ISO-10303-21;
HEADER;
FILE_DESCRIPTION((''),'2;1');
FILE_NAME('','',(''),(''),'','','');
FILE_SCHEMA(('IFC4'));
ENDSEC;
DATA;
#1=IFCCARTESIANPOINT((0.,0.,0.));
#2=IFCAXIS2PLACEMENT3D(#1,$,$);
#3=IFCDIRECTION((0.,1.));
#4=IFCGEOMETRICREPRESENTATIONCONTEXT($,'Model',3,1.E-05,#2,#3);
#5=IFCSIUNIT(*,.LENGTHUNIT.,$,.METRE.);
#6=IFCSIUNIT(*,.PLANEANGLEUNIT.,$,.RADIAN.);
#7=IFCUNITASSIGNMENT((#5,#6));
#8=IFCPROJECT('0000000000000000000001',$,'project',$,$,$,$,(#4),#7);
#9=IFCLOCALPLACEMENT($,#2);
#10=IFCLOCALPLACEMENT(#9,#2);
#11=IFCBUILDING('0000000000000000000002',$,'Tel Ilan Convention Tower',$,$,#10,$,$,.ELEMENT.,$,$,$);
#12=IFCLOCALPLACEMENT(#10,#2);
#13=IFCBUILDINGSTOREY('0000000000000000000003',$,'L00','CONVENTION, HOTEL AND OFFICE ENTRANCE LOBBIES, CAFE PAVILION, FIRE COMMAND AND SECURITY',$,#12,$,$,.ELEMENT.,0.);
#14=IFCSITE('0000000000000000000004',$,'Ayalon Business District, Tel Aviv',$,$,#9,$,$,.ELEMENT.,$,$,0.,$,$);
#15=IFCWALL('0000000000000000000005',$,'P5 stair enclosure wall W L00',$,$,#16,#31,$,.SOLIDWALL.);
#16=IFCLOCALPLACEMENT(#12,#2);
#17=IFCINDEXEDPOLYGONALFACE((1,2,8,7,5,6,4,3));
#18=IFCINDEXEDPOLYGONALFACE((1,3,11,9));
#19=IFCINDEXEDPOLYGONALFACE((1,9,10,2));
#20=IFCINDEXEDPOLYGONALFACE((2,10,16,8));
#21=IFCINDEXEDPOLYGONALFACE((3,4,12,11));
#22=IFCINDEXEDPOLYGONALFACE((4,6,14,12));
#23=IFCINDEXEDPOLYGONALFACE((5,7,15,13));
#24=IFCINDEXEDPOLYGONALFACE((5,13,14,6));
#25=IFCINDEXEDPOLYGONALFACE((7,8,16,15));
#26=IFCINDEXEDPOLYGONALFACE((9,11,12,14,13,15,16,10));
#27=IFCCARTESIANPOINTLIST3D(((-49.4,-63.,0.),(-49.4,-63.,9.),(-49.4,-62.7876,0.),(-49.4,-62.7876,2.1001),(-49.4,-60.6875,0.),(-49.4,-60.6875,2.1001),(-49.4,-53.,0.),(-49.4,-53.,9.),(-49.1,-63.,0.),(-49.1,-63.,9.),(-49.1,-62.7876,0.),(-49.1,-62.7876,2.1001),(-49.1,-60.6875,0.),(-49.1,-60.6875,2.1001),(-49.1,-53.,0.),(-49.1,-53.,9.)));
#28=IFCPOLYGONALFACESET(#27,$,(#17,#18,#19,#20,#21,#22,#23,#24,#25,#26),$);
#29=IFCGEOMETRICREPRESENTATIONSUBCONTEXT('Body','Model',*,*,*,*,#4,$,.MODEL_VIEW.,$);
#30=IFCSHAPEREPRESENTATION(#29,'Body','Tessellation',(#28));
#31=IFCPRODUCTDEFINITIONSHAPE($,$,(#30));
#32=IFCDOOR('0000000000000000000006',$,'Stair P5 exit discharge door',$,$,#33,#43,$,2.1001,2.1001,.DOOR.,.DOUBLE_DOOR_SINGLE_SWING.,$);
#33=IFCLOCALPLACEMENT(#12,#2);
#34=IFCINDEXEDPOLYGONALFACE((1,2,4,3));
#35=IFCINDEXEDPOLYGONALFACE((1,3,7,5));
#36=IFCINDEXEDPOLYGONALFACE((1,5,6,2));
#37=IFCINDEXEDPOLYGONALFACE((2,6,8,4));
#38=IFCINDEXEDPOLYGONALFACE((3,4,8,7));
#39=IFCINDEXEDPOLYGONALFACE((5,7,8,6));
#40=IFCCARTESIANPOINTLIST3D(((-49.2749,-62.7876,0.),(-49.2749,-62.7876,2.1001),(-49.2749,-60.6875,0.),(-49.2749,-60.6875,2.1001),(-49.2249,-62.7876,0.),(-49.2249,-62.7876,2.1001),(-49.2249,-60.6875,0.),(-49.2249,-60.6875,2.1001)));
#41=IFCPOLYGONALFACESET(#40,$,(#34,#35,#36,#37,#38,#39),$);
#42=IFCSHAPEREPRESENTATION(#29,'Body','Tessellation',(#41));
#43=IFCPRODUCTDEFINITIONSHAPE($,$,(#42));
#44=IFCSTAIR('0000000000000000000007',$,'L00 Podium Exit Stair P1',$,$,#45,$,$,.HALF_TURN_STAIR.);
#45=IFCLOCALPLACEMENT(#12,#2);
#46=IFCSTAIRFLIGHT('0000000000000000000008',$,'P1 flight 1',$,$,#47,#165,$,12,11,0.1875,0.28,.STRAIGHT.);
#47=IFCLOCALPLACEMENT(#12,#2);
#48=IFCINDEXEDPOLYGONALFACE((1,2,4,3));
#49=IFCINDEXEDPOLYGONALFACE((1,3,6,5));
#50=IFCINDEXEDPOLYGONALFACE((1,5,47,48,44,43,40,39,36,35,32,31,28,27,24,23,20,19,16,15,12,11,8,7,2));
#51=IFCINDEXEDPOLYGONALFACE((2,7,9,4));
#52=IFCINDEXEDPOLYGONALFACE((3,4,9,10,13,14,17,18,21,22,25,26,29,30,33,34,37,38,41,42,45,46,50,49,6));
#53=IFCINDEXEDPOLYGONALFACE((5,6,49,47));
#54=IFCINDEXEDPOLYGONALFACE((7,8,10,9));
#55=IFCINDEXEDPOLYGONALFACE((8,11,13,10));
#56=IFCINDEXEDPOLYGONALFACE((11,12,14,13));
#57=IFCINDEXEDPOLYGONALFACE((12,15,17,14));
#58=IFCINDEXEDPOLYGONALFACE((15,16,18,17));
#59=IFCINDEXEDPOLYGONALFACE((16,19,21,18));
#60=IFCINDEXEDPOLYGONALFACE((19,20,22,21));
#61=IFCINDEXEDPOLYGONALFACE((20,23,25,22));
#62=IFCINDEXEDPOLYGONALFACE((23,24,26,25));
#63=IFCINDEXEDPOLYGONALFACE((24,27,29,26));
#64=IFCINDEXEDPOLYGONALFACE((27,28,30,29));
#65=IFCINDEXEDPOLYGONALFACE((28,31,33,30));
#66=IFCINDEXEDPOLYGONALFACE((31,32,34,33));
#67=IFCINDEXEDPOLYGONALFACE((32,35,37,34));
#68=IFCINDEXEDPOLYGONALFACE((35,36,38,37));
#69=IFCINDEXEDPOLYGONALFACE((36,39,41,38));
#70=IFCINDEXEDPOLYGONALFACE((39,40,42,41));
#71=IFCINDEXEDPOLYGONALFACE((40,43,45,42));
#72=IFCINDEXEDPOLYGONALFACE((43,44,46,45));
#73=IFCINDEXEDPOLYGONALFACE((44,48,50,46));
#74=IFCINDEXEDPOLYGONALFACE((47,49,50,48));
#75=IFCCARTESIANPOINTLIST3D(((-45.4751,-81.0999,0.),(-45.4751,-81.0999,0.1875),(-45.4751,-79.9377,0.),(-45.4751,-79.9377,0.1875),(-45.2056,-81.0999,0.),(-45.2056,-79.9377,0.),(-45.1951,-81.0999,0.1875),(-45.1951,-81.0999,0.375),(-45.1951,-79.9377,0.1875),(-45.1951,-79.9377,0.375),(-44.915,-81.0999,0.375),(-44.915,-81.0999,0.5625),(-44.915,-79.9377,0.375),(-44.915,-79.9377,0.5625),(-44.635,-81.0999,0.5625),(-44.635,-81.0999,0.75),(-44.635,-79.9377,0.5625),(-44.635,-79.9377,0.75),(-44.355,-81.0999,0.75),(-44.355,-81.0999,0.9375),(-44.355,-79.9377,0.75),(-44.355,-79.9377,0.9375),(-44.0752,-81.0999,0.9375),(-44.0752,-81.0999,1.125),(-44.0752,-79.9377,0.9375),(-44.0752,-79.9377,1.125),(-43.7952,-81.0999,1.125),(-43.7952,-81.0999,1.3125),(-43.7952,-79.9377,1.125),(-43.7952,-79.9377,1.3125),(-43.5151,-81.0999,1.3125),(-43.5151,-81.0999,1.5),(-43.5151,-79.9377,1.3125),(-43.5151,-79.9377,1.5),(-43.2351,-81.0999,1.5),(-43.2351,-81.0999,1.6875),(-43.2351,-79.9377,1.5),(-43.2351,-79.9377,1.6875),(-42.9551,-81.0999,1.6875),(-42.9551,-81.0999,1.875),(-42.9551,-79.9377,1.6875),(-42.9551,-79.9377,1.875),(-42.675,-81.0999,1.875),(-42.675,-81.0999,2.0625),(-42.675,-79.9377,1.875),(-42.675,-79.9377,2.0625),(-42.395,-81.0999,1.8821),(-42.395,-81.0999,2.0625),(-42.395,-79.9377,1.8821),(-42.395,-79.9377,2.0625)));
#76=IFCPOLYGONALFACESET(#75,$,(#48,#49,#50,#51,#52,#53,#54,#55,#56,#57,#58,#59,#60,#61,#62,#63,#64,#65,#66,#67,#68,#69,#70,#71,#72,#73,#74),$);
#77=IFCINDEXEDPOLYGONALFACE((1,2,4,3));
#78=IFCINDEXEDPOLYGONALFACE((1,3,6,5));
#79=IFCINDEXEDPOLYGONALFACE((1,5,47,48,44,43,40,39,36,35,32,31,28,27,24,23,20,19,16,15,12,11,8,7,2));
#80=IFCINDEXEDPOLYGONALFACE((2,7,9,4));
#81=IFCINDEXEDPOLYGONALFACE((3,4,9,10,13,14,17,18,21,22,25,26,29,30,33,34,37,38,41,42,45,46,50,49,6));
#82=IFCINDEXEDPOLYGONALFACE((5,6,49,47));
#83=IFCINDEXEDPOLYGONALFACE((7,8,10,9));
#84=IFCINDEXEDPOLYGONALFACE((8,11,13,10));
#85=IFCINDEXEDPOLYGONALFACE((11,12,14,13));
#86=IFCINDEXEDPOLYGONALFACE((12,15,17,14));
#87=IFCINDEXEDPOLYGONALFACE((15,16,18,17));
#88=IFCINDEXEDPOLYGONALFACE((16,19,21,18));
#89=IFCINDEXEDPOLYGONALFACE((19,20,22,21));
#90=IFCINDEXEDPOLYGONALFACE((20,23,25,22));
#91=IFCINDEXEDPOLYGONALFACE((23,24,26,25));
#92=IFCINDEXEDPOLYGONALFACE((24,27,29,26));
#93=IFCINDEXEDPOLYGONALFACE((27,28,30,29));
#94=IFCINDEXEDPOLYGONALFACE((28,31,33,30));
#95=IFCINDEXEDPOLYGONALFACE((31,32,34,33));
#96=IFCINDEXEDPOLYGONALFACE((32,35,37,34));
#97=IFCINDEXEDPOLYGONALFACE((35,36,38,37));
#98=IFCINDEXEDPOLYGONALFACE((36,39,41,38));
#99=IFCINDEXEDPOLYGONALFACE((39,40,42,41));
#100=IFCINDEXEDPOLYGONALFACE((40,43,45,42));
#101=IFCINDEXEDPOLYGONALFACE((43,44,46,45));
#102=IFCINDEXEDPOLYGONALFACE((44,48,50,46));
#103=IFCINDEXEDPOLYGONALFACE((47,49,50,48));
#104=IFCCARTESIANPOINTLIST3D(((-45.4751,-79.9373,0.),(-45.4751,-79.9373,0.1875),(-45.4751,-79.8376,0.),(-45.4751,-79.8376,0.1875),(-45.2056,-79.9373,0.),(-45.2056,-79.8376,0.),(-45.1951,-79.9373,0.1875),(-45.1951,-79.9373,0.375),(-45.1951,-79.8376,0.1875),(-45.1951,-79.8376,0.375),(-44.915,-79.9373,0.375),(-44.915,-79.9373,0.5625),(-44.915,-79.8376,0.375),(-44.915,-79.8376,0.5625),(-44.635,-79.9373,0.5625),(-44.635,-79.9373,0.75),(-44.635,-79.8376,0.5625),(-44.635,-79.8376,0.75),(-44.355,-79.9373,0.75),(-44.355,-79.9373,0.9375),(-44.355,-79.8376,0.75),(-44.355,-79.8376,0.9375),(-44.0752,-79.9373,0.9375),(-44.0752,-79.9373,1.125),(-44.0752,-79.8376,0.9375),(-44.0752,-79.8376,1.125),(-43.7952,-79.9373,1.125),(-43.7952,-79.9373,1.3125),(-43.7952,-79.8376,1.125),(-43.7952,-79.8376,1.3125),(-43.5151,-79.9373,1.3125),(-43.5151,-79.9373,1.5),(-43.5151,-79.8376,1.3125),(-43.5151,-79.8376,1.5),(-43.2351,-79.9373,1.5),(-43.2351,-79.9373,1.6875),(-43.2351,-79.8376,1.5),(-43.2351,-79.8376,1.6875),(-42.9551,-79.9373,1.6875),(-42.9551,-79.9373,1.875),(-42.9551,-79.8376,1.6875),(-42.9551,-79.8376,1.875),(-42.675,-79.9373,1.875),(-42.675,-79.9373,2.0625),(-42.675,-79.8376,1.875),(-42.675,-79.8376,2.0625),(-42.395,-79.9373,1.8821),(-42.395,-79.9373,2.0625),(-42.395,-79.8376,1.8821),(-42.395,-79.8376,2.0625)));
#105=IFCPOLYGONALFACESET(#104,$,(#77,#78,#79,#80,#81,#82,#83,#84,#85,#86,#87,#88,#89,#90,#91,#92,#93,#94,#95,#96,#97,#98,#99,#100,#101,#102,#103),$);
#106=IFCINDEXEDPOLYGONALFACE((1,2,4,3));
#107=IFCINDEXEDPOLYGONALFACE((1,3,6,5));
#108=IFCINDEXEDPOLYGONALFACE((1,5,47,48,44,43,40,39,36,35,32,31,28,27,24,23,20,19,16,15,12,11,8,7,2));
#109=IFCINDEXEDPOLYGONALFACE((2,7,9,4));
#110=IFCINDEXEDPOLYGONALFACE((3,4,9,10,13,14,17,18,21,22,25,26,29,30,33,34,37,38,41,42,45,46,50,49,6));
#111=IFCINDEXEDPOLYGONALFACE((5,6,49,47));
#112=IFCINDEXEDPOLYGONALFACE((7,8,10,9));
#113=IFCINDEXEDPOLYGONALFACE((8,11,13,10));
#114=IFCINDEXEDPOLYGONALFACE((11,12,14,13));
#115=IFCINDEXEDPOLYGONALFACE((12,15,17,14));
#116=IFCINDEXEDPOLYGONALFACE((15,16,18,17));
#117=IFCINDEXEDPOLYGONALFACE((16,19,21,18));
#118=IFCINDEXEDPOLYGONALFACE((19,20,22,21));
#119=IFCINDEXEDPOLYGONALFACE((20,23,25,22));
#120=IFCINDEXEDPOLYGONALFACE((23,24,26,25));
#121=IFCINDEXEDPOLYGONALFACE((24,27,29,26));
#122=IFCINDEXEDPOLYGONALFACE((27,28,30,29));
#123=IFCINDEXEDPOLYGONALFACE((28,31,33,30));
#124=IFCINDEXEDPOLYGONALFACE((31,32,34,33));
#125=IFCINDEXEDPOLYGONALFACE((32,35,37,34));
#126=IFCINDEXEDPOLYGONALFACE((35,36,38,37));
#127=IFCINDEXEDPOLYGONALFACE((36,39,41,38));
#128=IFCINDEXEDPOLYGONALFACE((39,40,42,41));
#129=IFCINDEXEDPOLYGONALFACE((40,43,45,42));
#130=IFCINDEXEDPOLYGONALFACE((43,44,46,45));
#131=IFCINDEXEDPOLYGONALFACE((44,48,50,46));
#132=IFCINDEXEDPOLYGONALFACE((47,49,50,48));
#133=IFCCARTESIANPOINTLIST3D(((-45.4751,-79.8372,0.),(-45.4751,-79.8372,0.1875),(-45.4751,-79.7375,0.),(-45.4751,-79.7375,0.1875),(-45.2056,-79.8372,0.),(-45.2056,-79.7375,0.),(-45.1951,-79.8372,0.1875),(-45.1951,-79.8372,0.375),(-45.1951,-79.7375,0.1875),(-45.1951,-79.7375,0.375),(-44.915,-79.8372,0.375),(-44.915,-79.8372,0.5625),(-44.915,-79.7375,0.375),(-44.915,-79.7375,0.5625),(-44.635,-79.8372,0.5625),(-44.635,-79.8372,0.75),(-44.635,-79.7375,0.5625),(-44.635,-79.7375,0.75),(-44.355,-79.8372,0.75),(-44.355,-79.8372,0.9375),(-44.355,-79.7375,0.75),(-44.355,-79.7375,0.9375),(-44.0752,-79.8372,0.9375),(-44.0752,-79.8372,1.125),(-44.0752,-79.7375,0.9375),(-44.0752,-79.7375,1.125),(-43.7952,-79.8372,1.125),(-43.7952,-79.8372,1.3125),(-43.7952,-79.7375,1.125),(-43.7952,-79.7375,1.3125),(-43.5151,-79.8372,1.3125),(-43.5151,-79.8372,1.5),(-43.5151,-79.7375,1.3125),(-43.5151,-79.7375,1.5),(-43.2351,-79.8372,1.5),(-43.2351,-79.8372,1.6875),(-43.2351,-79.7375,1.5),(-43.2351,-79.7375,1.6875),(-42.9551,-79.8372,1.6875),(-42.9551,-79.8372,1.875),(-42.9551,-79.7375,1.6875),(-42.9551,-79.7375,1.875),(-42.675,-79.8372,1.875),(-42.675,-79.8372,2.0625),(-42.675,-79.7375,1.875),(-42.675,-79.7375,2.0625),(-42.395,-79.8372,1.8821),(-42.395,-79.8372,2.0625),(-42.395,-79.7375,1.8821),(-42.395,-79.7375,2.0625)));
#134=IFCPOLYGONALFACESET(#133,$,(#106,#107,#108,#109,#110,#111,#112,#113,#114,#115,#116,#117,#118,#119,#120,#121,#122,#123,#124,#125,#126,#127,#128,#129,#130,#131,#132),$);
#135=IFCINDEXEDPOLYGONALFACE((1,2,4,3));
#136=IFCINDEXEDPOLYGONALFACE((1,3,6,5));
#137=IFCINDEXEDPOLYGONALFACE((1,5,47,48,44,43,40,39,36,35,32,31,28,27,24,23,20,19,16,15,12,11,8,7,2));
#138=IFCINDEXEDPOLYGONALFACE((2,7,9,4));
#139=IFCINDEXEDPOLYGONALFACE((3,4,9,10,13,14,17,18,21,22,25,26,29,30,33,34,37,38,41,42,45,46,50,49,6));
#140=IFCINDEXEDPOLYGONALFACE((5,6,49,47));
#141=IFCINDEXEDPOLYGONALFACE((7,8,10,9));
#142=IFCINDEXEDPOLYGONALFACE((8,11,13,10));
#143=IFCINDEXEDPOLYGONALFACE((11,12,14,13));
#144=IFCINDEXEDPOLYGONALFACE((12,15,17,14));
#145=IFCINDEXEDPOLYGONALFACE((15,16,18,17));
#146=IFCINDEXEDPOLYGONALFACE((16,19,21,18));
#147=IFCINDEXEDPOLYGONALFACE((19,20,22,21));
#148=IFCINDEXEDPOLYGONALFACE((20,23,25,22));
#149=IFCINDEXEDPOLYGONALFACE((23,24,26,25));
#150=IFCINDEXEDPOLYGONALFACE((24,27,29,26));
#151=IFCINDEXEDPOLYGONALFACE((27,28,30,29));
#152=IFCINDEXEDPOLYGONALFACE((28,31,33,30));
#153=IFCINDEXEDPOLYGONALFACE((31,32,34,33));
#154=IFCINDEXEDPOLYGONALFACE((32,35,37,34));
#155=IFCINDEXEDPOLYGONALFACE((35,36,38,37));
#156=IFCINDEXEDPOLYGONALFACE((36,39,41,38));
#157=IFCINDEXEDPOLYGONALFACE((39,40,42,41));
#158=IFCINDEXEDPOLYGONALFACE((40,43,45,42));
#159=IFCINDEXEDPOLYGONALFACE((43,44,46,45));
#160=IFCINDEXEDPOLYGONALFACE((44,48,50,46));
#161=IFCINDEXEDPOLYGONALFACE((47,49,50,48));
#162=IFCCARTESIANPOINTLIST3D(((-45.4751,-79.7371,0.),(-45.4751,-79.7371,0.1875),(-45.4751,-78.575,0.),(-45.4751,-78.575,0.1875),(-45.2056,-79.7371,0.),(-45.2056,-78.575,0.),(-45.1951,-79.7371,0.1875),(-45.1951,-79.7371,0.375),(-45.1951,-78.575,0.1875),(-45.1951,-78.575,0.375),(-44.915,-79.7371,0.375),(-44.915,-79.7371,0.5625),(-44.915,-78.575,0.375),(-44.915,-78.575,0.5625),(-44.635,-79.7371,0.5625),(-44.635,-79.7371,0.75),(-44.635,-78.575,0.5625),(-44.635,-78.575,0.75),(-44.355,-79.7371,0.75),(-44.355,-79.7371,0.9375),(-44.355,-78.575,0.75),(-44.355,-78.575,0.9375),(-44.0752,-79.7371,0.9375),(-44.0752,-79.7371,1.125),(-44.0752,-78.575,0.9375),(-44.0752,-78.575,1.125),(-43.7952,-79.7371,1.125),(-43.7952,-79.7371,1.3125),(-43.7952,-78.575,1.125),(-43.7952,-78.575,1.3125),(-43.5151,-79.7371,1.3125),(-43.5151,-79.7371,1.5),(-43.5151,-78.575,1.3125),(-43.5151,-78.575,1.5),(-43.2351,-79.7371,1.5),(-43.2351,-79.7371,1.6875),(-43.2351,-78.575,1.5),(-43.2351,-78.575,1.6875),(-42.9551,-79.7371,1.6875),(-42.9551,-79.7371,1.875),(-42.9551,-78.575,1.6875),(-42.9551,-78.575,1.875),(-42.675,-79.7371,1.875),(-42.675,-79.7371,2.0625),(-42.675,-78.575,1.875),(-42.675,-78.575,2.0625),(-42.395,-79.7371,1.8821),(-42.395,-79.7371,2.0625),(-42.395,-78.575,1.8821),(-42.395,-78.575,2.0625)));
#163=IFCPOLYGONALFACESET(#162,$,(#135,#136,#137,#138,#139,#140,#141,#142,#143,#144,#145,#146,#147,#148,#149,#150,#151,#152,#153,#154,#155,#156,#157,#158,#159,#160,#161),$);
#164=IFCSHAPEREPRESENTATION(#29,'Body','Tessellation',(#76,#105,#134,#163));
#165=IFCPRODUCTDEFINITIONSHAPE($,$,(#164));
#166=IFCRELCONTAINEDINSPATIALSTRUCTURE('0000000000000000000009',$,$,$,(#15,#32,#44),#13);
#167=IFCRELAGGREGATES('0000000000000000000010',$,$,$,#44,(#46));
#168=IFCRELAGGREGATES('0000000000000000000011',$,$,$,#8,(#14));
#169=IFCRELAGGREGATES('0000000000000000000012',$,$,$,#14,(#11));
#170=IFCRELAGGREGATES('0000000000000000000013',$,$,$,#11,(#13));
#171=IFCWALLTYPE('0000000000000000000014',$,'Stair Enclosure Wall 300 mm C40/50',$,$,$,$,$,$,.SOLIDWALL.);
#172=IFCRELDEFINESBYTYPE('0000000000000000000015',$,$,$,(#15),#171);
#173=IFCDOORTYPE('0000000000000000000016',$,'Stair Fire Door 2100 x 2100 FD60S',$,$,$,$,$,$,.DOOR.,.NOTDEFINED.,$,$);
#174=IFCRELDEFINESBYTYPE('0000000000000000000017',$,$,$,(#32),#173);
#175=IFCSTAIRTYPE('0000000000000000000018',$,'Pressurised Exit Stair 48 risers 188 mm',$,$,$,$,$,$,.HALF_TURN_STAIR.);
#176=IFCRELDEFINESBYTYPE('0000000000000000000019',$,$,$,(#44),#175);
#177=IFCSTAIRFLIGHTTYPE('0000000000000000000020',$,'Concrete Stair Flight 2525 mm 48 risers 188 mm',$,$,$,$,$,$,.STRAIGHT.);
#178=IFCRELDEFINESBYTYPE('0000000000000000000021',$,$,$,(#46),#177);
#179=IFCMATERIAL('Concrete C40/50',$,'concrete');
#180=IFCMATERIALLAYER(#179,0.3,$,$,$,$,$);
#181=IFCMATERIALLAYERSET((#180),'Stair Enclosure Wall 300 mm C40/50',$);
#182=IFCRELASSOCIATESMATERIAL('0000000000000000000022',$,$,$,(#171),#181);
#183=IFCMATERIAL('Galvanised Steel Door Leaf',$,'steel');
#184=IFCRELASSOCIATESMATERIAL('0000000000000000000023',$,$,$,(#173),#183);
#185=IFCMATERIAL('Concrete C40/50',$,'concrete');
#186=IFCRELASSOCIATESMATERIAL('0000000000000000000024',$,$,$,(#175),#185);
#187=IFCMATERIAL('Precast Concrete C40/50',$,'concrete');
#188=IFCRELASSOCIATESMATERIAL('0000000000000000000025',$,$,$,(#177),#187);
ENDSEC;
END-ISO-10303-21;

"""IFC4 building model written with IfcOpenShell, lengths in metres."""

from ifc_helpers import new_model, si_unit, direction, frame, frame_2d, origin, place, context, subcontext, project, spatial, polyline, rectangle, outline, extrude, material, layer, layer_set, type_object, element, fill, aggregate, save


model = new_model("IFC4")

# Units and contexts
model_context = context("Model", 3, precision=1e-05, world=origin(), true_north=direction((0.0, 1.0)))
body_context = subcontext(model_context, "Body", "Model", "MODEL_VIEW")
ifc_project = project(units=[si_unit("LENGTHUNIT", "METRE"), si_unit("PLANEANGLEUNIT", "RADIAN")], contexts=[model_context])

# Site, building, storey
site_placement = place(None, origin())
site = spatial("IfcSite", under=ifc_project, at=site_placement, Name="Ayalon Business District, Tel Aviv", CompositionType="ELEMENT", RefElevation=0.0)
building_placement = place(site_placement, origin())
building = spatial("IfcBuilding", under=site, at=building_placement, Name="Tel Ilan Convention Tower", CompositionType="ELEMENT")
storey_placement = place(building_placement, origin())
storey = spatial("IfcBuildingStorey", under=building, at=storey_placement, Name="L00", Description="CONVENTION, HOTEL AND OFFICE ENTRANCE LOBBIES, CAFE PAVILION, FIRE COMMAND AND SECURITY", CompositionType="ELEMENT", Elevation=0.0)

# Shared definitions
ifc_material_1 = material(Name="Concrete C40/50", Category="concrete")
ifc_layer = layer(ifc_material_1, 0.3)
ifc_layer_set = layer_set([ifc_layer], Name="Stair Enclosure Wall 300 mm C40/50")
wall_type = type_object("IfcWallType", Name="Stair Enclosure Wall 300 mm C40/50", PredefinedType="SOLIDWALL", material=ifc_layer_set)
ifc_material_2 = material(Name="Galvanised Steel Door Leaf", Category="steel")
door_type = type_object("IfcDoorType", Name="Stair Fire Door 2100 x 2100 FD60S", OperationType="NOTDEFINED", PredefinedType="DOOR", material=ifc_material_2)

# Wall, opening, door
wall_1_placement = place(storey_placement, frame((-49.25, -63.0, 0.0), z_axis=(0.0, 0.0, 1.0), x_axis=(0.0, 1.0, 0.0)))
wall_1 = element("IfcWall", 1, at=wall_1_placement, inside=storey, type_object=wall_type, Name="P5 stair enclosure wall W L00", PredefinedType="SOLIDWALL", context=body_context, shape_type="SweptSolid", body=[
    extrude(rectangle(XDim=10.0, YDim=0.3, at=frame_2d((5.0, 0.0))), origin(), (0.0, 0.0, 1.0), 9.0),
])
opening_1_placement = place(wall_1_placement, frame((0.2124, 0.0, 0.0)))
opening_1 = element("IfcOpeningElement", 2, at=opening_1_placement, cuts=wall_1, PredefinedType="OPENING", context=body_context, shape_type="SweptSolid", body=[
    extrude(rectangle(XDim=2.1001, YDim=2.1001, at=frame_2d((1.05, 1.05))), frame((0.0, 0.1599, 0.0), z_axis=(0.0, -1.0, 0.0), x_axis=(1.0, 0.0, 0.0)), (0.0, 0.0, 1.0), 0.3201),
])
door_1_placement = place(opening_1_placement, origin())
door_1 = element("IfcDoor", 3, at=door_1_placement, inside=storey, type_object=door_type, Name="Stair P5 exit discharge door", OperationType="DOUBLE_DOOR_SINGLE_SWING", OverallHeight=2.1001, OverallWidth=2.1001, PredefinedType="DOOR", context=body_context, shape_type="SweptSolid", body=[
    extrude(rectangle(XDim=2.1001, YDim=2.1001, at=frame_2d((1.05, 1.05))), frame((0.0, 0.0249, 0.0), z_axis=(0.0, -1.0, 0.0), x_axis=(1.0, 0.0, 0.0)), (0.0, 0.0, 1.0), 0.05),
])
fill(opening_1, door_1)

# Stair, stair flight
ifc_material_3 = material(Name="Concrete C40/50", Category="concrete")
stair_type = type_object("IfcStairType", Name="Pressurised Exit Stair 48 risers 188 mm", PredefinedType="HALF_TURN_STAIR", material=ifc_material_3)
stair_placement = place(storey_placement, origin())
stair = element("IfcStair", 4, at=stair_placement, inside=storey, type_object=stair_type, Name="L00 Podium Exit Stair P1", PredefinedType="HALF_TURN_STAIR")
ifc_material_4 = material(Name="Precast Concrete C40/50", Category="concrete")
stair_flight_type = type_object("IfcStairFlightType", Name="Concrete Stair Flight 2525 mm 48 risers 188 mm", PredefinedType="STRAIGHT", material=ifc_material_4)
stair_flight_1_placement = place(storey_placement, frame((-45.4751, -79.8374, 0.0), z_axis=(0.0, 0.0, 1.0), x_axis=(1.0, 0.0, 0.0)))
stair_flight_1 = element("IfcStairFlight", 5, at=stair_flight_1_placement, type_object=stair_flight_type, Name="P1 flight 1", NumberOfRisers=12, NumberOfTreads=11, PredefinedType="STRAIGHT", RiserHeight=0.1875, TreadLength=0.28, context=body_context, shape_type="SweptSolid", body=[
    extrude(outline(polyline([(0.0, 0.0), (0.0, 0.1875), (0.28, 0.1875), (0.28, 0.375), (0.5601, 0.375), (0.5601, 0.5625), (0.8401, 0.5625), (0.8401, 0.75), (1.1201, 0.75), (1.1201, 0.9375), (1.3999, 0.9375), (1.3999, 1.125), (1.6799, 1.125), (1.6799, 1.3125), (1.96, 1.3125), (1.96, 1.5), (2.24, 1.5), (2.24, 1.6875), (2.52, 1.6875), (2.52, 1.875), (2.8, 1.875), (2.8, 2.0625), (3.0801, 2.0625), (3.0801, 2.25), (3.0801, 1.8821), (0.2695, 0.0), (0.0, 0.0)])), frame((0.0, -0.1003, 0.0), z_axis=(0.0, -1.0, 0.0), x_axis=(1.0, 0.0, 0.0)), (0.0, 0.0, 1.0), 1.1621),
    extrude(outline(polyline([(0.0, 0.0), (0.0, 0.1875), (0.28, 0.1875), (0.28, 0.375), (0.5601, 0.375), (0.5601, 0.5625), (0.8401, 0.5625), (0.8401, 0.75), (1.1201, 0.75), (1.1201, 0.9375), (1.3999, 0.9375), (1.3999, 1.125), (1.6799, 1.125), (1.6799, 1.3125), (1.96, 1.3125), (1.96, 1.5), (2.24, 1.5), (2.24, 1.6875), (2.52, 1.6875), (2.52, 1.875), (2.8, 1.875), (2.8, 2.0625), (3.0801, 2.0625), (3.0801, 2.25), (3.0801, 1.8821), (0.2695, 0.0), (0.0, 0.0)])), frame((0.0, -0.0002, 0.0), z_axis=(0.0, -1.0, 0.0), x_axis=(1.0, 0.0, 0.0)), (0.0, 0.0, 1.0), 0.0996),
    extrude(outline(polyline([(0.0, 0.0), (0.0, 0.1875), (0.28, 0.1875), (0.28, 0.375), (0.5601, 0.375), (0.5601, 0.5625), (0.8401, 0.5625), (0.8401, 0.75), (1.1201, 0.75), (1.1201, 0.9375), (1.3999, 0.9375), (1.3999, 1.125), (1.6799, 1.125), (1.6799, 1.3125), (1.96, 1.3125), (1.96, 1.5), (2.24, 1.5), (2.24, 1.6875), (2.52, 1.6875), (2.52, 1.875), (2.8, 1.875), (2.8, 2.0625), (3.0801, 2.0625), (3.0801, 2.25), (3.0801, 1.8821), (0.2695, 0.0), (0.0, 0.0)])), frame((0.0, 0.0999, 0.0), z_axis=(0.0, -1.0, 0.0), x_axis=(1.0, 0.0, 0.0)), (0.0, 0.0, 1.0), 0.0996),
    extrude(outline(polyline([(0.0, 0.0), (0.0, 0.1875), (0.28, 0.1875), (0.28, 0.375), (0.5601, 0.375), (0.5601, 0.5625), (0.8401, 0.5625), (0.8401, 0.75), (1.1201, 0.75), (1.1201, 0.9375), (1.3999, 0.9375), (1.3999, 1.125), (1.6799, 1.125), (1.6799, 1.3125), (1.96, 1.3125), (1.96, 1.5), (2.24, 1.5), (2.24, 1.6875), (2.52, 1.6875), (2.52, 1.875), (2.8, 1.875), (2.8, 2.0625), (3.0801, 2.0625), (3.0801, 2.25), (3.0801, 1.8821), (0.2695, 0.0), (0.0, 0.0)])), frame((0.0, 1.2625, 0.0), z_axis=(0.0, -1.0, 0.0), x_axis=(1.0, 0.0, 0.0)), (0.0, 0.0, 1.0), 1.1621),
])
aggregate(stair, [stair_flight_1])

save(model, "model.ifc")
